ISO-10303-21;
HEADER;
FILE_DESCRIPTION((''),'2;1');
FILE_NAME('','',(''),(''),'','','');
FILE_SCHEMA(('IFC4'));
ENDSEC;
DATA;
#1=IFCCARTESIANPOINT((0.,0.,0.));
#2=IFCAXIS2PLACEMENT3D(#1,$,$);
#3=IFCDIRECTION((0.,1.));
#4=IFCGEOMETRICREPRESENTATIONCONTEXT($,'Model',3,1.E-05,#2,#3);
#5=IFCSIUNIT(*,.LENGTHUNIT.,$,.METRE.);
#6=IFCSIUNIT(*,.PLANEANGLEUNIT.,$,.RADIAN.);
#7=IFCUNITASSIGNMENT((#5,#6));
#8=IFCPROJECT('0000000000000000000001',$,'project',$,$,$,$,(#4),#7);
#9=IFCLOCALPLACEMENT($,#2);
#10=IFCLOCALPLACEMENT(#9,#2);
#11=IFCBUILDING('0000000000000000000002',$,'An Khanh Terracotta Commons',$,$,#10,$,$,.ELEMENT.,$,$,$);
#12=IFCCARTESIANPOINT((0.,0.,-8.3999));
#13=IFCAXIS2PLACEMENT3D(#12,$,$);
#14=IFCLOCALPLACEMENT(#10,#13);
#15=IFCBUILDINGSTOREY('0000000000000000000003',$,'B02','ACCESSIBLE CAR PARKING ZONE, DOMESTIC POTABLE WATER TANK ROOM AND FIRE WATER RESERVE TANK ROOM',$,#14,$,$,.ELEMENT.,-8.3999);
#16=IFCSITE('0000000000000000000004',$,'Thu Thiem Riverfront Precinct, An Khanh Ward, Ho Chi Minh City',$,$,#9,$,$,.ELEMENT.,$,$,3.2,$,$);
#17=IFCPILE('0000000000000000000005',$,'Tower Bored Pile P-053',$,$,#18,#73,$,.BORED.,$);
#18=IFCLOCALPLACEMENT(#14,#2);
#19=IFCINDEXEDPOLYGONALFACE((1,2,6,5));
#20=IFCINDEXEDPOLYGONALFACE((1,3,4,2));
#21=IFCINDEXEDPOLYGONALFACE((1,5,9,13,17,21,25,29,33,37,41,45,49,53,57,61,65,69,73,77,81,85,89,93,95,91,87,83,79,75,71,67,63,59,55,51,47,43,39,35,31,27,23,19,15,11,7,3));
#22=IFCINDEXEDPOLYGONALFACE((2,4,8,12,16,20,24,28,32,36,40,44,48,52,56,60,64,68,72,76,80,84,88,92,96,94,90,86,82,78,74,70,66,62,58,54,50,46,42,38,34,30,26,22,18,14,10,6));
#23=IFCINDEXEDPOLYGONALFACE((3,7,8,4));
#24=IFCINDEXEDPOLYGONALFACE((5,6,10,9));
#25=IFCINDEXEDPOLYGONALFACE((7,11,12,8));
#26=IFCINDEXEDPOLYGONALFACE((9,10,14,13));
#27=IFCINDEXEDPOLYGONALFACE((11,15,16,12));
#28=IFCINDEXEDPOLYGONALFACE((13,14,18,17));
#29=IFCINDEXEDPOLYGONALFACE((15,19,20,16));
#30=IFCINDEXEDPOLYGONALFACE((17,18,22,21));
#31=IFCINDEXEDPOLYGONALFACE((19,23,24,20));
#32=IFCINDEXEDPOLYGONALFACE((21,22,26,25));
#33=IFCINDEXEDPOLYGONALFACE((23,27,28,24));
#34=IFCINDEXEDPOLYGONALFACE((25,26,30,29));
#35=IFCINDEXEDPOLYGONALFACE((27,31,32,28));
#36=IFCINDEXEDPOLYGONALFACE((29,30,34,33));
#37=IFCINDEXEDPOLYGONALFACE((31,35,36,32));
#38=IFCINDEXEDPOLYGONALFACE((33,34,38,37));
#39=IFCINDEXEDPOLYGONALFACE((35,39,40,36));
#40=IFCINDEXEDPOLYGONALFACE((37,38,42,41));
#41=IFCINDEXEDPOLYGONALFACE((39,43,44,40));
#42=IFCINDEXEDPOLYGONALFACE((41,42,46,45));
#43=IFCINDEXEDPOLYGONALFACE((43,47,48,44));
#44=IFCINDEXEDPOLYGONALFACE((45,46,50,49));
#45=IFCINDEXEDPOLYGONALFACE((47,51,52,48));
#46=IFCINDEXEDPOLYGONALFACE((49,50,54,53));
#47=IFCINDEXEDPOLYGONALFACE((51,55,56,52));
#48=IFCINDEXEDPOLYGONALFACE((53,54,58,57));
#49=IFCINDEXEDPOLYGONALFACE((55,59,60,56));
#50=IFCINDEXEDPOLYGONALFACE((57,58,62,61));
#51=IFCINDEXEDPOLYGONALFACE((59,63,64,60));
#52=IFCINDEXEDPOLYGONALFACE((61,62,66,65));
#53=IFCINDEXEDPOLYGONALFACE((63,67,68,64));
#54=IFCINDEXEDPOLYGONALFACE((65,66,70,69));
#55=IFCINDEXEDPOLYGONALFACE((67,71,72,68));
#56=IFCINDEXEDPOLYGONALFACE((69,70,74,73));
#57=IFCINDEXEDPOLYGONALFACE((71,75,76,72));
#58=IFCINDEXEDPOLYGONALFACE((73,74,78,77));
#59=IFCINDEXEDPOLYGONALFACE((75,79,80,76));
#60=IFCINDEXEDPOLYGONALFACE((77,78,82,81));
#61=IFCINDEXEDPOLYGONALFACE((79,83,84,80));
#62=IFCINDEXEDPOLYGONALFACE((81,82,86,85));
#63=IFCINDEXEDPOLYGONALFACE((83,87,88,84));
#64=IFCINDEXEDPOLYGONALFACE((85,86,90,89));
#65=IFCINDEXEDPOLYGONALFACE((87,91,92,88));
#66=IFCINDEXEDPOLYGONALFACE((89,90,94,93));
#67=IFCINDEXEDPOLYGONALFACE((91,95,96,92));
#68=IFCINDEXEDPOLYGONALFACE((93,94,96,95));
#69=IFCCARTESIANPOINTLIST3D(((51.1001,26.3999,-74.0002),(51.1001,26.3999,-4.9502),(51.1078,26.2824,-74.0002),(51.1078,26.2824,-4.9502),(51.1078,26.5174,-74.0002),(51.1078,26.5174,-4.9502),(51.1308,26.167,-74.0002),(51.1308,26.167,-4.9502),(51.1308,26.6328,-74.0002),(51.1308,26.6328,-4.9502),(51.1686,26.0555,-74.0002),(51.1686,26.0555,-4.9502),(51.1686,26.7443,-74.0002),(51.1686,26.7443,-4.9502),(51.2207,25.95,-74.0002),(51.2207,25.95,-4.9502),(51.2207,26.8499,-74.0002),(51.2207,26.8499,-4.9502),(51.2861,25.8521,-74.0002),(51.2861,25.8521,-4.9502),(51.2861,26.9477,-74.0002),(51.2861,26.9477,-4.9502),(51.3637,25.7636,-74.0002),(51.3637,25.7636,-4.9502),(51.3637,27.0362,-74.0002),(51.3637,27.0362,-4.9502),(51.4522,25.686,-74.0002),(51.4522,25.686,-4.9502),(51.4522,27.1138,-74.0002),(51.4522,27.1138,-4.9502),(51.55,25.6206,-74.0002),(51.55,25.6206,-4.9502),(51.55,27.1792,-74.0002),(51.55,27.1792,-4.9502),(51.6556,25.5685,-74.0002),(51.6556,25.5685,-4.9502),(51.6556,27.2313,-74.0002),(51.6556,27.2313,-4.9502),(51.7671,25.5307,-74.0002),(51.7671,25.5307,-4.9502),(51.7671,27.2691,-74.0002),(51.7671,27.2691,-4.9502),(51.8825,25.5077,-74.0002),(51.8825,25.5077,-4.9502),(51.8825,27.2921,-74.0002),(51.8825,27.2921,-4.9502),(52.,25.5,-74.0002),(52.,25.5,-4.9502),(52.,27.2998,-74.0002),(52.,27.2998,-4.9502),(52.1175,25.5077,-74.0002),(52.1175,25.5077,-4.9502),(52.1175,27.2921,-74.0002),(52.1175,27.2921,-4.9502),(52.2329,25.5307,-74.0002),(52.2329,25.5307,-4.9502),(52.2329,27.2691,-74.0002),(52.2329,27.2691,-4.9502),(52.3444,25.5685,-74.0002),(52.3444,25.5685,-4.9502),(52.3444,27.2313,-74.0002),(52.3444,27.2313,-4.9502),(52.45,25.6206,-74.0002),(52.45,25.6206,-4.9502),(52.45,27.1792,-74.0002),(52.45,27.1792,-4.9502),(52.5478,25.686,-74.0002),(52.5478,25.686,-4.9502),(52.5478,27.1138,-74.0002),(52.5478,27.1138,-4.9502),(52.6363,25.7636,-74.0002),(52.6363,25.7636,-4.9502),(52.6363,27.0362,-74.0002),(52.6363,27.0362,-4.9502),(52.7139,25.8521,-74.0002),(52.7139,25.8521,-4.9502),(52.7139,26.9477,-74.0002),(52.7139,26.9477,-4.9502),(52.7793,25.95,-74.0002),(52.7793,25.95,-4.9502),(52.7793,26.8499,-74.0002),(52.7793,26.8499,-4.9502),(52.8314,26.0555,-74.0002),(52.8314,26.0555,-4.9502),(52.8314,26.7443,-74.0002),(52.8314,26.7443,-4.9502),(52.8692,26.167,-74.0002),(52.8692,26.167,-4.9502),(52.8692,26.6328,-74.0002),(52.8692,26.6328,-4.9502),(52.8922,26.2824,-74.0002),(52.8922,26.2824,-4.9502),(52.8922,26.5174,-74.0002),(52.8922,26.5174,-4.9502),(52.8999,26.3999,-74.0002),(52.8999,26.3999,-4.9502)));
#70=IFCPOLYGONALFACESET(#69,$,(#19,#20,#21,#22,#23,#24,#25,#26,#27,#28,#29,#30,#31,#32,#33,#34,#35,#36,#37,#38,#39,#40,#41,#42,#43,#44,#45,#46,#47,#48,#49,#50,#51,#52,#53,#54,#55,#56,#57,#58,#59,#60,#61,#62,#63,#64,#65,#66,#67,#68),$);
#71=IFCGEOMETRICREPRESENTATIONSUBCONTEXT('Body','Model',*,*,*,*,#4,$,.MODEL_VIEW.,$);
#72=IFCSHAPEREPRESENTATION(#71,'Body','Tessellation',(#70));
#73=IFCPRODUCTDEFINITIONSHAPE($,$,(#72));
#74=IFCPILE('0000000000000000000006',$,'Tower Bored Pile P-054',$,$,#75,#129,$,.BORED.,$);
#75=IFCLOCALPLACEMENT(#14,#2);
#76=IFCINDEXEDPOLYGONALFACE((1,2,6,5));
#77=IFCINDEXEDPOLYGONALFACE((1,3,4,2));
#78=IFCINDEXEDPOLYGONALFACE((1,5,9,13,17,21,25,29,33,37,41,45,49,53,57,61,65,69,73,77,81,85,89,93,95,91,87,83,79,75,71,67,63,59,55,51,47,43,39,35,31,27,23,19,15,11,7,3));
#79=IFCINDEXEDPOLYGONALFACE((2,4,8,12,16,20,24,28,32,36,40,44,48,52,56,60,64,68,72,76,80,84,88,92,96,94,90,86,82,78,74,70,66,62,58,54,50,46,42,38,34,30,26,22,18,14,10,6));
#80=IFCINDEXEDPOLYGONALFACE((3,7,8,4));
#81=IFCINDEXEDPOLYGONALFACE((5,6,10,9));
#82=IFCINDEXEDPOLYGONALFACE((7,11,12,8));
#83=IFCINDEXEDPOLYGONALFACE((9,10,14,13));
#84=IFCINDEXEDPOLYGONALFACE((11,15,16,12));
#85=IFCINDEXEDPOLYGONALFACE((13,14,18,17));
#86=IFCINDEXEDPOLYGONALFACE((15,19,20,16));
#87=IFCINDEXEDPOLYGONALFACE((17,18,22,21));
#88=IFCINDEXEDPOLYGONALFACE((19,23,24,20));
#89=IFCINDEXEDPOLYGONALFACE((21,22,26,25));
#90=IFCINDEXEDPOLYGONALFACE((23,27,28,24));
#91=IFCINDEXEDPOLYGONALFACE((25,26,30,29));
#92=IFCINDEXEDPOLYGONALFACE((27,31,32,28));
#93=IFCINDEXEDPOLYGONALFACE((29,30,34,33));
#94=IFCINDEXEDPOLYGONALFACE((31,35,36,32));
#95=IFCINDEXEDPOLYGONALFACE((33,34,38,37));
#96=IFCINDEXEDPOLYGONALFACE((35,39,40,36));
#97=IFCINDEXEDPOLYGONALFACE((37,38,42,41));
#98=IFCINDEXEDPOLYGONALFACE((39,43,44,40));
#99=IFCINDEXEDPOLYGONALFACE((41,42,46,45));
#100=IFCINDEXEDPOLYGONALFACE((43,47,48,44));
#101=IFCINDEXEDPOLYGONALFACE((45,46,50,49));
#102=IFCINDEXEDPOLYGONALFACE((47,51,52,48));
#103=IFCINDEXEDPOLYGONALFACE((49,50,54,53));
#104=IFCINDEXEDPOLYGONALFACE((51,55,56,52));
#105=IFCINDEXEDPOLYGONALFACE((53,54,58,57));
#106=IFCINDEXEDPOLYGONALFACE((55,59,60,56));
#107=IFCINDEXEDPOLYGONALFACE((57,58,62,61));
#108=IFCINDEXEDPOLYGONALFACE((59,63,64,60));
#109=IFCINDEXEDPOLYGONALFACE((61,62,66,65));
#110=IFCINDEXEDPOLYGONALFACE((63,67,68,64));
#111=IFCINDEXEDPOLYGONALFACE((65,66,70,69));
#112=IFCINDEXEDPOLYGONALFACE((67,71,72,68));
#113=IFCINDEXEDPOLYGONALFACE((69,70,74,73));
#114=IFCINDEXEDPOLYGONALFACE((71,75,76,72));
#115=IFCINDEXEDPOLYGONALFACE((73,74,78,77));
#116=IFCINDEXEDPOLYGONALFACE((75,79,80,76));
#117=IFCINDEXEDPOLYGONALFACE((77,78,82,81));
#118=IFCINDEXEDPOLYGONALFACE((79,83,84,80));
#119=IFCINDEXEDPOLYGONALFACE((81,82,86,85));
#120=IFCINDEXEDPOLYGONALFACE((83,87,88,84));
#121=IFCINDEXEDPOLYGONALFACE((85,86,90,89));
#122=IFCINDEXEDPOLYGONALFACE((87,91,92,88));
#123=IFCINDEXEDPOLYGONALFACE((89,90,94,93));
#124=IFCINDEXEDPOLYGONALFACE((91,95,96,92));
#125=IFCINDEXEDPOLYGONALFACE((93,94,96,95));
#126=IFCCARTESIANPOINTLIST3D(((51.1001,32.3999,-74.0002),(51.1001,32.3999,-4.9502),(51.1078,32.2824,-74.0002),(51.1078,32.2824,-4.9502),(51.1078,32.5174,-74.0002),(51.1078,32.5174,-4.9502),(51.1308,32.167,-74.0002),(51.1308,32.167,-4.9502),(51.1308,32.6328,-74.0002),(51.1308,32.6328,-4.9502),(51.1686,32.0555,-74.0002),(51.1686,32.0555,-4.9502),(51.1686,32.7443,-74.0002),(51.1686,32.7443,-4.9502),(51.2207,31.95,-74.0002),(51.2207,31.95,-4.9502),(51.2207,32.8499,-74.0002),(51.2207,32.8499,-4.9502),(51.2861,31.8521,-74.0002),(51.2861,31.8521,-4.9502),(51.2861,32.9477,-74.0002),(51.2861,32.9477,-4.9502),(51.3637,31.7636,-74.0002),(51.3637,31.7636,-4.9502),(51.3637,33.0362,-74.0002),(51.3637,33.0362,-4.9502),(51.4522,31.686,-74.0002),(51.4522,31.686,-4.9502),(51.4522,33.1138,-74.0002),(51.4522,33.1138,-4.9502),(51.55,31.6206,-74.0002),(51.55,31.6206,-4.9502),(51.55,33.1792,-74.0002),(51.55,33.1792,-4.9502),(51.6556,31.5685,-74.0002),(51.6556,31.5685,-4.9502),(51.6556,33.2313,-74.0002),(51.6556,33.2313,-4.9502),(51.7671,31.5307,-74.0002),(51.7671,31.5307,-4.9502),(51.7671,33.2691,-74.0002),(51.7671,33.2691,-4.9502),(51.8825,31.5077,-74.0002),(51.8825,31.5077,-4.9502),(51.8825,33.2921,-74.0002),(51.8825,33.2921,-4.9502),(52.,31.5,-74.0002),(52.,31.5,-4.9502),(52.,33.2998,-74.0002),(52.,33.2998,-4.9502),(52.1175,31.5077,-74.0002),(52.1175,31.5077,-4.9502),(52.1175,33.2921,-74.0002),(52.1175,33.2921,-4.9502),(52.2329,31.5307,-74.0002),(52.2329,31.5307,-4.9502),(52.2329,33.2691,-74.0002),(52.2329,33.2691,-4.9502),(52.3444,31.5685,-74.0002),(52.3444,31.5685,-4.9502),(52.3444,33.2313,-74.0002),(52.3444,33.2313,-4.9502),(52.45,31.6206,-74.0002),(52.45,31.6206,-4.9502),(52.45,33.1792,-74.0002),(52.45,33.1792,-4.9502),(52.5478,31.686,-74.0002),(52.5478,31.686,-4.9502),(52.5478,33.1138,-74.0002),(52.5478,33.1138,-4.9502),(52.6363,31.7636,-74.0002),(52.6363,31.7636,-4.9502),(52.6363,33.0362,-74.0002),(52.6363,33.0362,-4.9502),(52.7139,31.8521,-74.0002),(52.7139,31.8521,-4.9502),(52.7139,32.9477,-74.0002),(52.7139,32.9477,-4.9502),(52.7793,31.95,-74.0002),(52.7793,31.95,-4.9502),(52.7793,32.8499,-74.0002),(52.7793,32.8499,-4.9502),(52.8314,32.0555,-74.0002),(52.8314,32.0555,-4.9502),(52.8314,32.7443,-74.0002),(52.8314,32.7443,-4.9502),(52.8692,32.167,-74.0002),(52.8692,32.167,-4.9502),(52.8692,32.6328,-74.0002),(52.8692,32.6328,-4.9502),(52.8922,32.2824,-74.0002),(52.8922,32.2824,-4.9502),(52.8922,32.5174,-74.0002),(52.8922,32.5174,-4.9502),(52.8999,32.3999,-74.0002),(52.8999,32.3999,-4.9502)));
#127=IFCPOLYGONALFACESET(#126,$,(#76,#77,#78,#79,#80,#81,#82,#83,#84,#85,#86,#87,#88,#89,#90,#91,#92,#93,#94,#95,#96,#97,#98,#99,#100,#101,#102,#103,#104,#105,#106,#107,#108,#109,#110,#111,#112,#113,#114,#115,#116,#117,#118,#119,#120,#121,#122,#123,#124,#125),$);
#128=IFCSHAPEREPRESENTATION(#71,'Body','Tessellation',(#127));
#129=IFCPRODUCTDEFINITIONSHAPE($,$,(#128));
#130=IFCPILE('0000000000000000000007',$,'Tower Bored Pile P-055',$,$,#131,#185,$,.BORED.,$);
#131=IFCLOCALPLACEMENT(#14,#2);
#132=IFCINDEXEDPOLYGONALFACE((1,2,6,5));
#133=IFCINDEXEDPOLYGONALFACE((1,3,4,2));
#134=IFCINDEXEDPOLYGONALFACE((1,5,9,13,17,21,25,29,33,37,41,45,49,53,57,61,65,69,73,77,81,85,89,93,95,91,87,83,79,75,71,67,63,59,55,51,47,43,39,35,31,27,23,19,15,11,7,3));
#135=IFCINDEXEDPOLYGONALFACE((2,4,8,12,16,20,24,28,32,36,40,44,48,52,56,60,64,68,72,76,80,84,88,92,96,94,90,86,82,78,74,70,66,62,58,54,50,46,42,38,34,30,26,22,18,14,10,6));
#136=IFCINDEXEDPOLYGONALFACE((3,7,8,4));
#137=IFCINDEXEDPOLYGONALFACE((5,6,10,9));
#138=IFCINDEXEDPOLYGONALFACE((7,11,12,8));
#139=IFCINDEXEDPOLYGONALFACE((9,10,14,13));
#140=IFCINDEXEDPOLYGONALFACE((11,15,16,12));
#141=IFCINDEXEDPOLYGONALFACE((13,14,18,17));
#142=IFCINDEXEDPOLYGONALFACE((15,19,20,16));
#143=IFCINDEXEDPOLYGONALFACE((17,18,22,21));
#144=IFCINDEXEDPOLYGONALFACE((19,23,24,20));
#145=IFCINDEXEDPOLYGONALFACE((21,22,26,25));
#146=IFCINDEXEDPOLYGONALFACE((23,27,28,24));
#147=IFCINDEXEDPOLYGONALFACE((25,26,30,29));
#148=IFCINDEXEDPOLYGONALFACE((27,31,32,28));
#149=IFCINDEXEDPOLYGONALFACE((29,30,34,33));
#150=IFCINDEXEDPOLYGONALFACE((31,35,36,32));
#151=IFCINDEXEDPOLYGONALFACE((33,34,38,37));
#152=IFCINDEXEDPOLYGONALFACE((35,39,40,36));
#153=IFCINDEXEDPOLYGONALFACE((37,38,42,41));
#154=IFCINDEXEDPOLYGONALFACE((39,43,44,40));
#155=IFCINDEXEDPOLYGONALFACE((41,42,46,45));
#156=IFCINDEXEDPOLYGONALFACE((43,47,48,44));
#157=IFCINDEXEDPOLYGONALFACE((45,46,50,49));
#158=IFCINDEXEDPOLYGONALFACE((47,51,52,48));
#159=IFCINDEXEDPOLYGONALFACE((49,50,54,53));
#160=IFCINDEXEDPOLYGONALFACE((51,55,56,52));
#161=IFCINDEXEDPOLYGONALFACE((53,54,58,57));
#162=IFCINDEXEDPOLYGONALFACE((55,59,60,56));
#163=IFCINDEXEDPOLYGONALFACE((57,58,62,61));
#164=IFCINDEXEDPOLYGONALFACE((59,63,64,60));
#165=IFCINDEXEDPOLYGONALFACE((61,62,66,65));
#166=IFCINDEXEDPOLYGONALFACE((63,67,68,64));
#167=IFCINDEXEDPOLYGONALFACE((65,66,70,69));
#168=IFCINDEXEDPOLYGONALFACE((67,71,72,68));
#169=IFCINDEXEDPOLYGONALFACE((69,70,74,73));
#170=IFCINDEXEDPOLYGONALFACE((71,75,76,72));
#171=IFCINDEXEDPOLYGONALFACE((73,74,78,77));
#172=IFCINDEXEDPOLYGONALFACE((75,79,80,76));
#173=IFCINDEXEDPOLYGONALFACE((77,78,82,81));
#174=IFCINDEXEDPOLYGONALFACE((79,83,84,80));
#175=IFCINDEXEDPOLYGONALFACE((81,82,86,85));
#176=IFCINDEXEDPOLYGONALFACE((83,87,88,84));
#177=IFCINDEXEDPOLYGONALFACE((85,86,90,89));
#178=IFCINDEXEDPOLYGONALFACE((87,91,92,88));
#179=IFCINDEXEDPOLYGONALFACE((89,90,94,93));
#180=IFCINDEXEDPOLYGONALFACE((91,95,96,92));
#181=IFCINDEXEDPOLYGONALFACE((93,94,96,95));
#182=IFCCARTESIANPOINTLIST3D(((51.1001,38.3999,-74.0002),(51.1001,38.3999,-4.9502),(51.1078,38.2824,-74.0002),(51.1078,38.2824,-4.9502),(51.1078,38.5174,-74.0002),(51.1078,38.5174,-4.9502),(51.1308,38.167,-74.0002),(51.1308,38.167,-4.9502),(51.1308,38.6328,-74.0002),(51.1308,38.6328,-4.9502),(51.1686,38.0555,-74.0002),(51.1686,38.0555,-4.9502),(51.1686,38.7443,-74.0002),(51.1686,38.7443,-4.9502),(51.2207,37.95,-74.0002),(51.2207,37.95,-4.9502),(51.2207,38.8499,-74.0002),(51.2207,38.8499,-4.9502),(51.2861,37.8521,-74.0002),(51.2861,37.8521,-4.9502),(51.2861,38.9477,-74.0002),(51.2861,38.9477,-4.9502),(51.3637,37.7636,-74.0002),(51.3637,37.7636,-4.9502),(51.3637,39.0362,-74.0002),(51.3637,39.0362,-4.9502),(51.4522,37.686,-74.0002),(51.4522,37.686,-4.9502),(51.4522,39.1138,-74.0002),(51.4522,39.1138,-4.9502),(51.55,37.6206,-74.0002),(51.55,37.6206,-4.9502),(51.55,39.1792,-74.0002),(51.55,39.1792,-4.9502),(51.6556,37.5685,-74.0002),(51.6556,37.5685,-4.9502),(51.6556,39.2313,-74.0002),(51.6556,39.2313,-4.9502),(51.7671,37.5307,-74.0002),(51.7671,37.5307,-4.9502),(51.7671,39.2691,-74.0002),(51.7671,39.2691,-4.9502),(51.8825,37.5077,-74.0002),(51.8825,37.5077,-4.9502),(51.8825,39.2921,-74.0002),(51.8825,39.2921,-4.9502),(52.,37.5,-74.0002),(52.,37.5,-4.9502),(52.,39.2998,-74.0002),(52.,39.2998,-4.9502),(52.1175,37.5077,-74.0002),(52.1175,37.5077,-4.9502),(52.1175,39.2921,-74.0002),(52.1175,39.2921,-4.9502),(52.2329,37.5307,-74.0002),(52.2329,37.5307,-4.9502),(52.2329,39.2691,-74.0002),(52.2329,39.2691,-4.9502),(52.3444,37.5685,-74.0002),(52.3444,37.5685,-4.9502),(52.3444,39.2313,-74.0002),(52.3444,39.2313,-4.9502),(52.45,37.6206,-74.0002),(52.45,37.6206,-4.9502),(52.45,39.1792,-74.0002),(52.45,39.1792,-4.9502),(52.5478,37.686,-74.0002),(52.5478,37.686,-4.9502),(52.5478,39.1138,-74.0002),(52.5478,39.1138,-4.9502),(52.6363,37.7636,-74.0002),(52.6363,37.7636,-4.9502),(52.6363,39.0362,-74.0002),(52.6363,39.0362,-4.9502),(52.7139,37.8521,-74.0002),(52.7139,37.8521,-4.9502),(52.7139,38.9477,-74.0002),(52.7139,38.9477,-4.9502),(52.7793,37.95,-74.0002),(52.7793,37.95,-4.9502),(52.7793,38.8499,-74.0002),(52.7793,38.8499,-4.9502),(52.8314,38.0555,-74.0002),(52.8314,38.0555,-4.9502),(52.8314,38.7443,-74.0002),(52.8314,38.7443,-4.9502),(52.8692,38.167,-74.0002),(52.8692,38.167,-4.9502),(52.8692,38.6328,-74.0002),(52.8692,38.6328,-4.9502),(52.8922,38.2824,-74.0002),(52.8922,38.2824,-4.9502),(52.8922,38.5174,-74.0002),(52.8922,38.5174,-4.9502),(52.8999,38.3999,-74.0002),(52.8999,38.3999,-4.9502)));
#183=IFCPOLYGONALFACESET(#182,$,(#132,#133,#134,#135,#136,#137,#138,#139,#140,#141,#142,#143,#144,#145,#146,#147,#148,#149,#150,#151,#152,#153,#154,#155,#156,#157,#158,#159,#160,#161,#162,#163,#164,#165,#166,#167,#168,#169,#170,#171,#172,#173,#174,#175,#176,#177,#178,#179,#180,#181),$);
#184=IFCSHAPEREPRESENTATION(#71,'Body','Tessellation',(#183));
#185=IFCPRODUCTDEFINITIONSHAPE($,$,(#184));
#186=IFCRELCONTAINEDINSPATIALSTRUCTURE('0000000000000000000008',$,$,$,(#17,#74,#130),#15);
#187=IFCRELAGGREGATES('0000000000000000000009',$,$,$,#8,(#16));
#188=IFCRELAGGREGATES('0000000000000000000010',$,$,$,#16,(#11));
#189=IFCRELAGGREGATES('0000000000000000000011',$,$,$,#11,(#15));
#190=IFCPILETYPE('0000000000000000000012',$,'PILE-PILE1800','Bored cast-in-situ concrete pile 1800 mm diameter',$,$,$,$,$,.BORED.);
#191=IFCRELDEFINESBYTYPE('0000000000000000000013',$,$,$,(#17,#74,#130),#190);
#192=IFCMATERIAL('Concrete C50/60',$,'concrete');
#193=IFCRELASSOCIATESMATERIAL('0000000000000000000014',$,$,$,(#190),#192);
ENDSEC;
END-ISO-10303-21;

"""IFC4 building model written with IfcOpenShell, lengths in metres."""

from ifc_helpers import new_model, si_unit, direction, frame, origin, origin_2d, place, context, subcontext, project, spatial, circle, extrude, material, material_profile, profile_set, type_object, element, save


model = new_model("IFC4")

# Units and contexts
model_context = context("Model", 3, precision=1e-05, world=origin(), true_north=direction((0.0, 1.0)))
body_context = subcontext(model_context, "Body", "Model", "MODEL_VIEW")
ifc_project = project(units=[si_unit("LENGTHUNIT", "METRE"), si_unit("PLANEANGLEUNIT", "RADIAN")], contexts=[model_context])

# Site, building, storey
site_placement = place(None, origin())
site = spatial("IfcSite", under=ifc_project, at=site_placement, Name="Thu Thiem Riverfront Precinct, An Khanh Ward, Ho Chi Minh City", CompositionType="ELEMENT", RefElevation=3.2)
building_placement = place(site_placement, origin())
building = spatial("IfcBuilding", under=site, at=building_placement, Name="An Khanh Terracotta Commons", CompositionType="ELEMENT")
storey_placement = place(building_placement, frame((0.0, 0.0, -8.3999)))
storey = spatial("IfcBuildingStorey", under=building, at=storey_placement, Name="B02", Description="ACCESSIBLE CAR PARKING ZONE, DOMESTIC POTABLE WATER TANK ROOM AND FIRE WATER RESERVE TANK ROOM", CompositionType="ELEMENT", Elevation=-8.3999)

# Shared definitions
ifc_material_1 = material(Name="Concrete C50/60", Category="concrete")

# Piles
ifc_material_profile_1 = material_profile(ifc_material_1, circle(Radius=0.8999, at=origin_2d()), Name="PILE1800")
ifc_profile_set_1 = profile_set([ifc_material_profile_1], Name="Concrete C50/60")
pile_type_1 = type_object("IfcPileType", Name="PILE-PILE1800", Description="Bored cast-in-situ concrete pile 1800 mm diameter", PredefinedType="BORED", material=ifc_profile_set_1)
for number, where, z_axis, x_axis, name in (
    (1, (52.0, 26.3999, -4.9502), (0.0, 0.0, -1.0), (1.0, 0.0, 0.0), "Tower Bored Pile P-053"),
    (2, (52.0, 32.3999, -4.9502), (0.0, 0.0, -1.0), (1.0, 0.0, 0.0), "Tower Bored Pile P-054"),
    (3, (52.0, 38.3999, -4.9502), (0.0, 0.0, -1.0), (1.0, 0.0, 0.0), "Tower Bored Pile P-055"),
):
    element("IfcPile", number, at=place(storey_placement, frame(where, z_axis=z_axis, x_axis=x_axis)), inside=storey, type_object=pile_type_1, Name=name, PredefinedType="BORED", context=body_context, shape_type="SweptSolid", body=[
        extrude(circle(Radius=0.8999, at=origin_2d()), origin(), (0.0, 0.0, 1.0), 69.05),
    ])

save(model, "model.ifc")
